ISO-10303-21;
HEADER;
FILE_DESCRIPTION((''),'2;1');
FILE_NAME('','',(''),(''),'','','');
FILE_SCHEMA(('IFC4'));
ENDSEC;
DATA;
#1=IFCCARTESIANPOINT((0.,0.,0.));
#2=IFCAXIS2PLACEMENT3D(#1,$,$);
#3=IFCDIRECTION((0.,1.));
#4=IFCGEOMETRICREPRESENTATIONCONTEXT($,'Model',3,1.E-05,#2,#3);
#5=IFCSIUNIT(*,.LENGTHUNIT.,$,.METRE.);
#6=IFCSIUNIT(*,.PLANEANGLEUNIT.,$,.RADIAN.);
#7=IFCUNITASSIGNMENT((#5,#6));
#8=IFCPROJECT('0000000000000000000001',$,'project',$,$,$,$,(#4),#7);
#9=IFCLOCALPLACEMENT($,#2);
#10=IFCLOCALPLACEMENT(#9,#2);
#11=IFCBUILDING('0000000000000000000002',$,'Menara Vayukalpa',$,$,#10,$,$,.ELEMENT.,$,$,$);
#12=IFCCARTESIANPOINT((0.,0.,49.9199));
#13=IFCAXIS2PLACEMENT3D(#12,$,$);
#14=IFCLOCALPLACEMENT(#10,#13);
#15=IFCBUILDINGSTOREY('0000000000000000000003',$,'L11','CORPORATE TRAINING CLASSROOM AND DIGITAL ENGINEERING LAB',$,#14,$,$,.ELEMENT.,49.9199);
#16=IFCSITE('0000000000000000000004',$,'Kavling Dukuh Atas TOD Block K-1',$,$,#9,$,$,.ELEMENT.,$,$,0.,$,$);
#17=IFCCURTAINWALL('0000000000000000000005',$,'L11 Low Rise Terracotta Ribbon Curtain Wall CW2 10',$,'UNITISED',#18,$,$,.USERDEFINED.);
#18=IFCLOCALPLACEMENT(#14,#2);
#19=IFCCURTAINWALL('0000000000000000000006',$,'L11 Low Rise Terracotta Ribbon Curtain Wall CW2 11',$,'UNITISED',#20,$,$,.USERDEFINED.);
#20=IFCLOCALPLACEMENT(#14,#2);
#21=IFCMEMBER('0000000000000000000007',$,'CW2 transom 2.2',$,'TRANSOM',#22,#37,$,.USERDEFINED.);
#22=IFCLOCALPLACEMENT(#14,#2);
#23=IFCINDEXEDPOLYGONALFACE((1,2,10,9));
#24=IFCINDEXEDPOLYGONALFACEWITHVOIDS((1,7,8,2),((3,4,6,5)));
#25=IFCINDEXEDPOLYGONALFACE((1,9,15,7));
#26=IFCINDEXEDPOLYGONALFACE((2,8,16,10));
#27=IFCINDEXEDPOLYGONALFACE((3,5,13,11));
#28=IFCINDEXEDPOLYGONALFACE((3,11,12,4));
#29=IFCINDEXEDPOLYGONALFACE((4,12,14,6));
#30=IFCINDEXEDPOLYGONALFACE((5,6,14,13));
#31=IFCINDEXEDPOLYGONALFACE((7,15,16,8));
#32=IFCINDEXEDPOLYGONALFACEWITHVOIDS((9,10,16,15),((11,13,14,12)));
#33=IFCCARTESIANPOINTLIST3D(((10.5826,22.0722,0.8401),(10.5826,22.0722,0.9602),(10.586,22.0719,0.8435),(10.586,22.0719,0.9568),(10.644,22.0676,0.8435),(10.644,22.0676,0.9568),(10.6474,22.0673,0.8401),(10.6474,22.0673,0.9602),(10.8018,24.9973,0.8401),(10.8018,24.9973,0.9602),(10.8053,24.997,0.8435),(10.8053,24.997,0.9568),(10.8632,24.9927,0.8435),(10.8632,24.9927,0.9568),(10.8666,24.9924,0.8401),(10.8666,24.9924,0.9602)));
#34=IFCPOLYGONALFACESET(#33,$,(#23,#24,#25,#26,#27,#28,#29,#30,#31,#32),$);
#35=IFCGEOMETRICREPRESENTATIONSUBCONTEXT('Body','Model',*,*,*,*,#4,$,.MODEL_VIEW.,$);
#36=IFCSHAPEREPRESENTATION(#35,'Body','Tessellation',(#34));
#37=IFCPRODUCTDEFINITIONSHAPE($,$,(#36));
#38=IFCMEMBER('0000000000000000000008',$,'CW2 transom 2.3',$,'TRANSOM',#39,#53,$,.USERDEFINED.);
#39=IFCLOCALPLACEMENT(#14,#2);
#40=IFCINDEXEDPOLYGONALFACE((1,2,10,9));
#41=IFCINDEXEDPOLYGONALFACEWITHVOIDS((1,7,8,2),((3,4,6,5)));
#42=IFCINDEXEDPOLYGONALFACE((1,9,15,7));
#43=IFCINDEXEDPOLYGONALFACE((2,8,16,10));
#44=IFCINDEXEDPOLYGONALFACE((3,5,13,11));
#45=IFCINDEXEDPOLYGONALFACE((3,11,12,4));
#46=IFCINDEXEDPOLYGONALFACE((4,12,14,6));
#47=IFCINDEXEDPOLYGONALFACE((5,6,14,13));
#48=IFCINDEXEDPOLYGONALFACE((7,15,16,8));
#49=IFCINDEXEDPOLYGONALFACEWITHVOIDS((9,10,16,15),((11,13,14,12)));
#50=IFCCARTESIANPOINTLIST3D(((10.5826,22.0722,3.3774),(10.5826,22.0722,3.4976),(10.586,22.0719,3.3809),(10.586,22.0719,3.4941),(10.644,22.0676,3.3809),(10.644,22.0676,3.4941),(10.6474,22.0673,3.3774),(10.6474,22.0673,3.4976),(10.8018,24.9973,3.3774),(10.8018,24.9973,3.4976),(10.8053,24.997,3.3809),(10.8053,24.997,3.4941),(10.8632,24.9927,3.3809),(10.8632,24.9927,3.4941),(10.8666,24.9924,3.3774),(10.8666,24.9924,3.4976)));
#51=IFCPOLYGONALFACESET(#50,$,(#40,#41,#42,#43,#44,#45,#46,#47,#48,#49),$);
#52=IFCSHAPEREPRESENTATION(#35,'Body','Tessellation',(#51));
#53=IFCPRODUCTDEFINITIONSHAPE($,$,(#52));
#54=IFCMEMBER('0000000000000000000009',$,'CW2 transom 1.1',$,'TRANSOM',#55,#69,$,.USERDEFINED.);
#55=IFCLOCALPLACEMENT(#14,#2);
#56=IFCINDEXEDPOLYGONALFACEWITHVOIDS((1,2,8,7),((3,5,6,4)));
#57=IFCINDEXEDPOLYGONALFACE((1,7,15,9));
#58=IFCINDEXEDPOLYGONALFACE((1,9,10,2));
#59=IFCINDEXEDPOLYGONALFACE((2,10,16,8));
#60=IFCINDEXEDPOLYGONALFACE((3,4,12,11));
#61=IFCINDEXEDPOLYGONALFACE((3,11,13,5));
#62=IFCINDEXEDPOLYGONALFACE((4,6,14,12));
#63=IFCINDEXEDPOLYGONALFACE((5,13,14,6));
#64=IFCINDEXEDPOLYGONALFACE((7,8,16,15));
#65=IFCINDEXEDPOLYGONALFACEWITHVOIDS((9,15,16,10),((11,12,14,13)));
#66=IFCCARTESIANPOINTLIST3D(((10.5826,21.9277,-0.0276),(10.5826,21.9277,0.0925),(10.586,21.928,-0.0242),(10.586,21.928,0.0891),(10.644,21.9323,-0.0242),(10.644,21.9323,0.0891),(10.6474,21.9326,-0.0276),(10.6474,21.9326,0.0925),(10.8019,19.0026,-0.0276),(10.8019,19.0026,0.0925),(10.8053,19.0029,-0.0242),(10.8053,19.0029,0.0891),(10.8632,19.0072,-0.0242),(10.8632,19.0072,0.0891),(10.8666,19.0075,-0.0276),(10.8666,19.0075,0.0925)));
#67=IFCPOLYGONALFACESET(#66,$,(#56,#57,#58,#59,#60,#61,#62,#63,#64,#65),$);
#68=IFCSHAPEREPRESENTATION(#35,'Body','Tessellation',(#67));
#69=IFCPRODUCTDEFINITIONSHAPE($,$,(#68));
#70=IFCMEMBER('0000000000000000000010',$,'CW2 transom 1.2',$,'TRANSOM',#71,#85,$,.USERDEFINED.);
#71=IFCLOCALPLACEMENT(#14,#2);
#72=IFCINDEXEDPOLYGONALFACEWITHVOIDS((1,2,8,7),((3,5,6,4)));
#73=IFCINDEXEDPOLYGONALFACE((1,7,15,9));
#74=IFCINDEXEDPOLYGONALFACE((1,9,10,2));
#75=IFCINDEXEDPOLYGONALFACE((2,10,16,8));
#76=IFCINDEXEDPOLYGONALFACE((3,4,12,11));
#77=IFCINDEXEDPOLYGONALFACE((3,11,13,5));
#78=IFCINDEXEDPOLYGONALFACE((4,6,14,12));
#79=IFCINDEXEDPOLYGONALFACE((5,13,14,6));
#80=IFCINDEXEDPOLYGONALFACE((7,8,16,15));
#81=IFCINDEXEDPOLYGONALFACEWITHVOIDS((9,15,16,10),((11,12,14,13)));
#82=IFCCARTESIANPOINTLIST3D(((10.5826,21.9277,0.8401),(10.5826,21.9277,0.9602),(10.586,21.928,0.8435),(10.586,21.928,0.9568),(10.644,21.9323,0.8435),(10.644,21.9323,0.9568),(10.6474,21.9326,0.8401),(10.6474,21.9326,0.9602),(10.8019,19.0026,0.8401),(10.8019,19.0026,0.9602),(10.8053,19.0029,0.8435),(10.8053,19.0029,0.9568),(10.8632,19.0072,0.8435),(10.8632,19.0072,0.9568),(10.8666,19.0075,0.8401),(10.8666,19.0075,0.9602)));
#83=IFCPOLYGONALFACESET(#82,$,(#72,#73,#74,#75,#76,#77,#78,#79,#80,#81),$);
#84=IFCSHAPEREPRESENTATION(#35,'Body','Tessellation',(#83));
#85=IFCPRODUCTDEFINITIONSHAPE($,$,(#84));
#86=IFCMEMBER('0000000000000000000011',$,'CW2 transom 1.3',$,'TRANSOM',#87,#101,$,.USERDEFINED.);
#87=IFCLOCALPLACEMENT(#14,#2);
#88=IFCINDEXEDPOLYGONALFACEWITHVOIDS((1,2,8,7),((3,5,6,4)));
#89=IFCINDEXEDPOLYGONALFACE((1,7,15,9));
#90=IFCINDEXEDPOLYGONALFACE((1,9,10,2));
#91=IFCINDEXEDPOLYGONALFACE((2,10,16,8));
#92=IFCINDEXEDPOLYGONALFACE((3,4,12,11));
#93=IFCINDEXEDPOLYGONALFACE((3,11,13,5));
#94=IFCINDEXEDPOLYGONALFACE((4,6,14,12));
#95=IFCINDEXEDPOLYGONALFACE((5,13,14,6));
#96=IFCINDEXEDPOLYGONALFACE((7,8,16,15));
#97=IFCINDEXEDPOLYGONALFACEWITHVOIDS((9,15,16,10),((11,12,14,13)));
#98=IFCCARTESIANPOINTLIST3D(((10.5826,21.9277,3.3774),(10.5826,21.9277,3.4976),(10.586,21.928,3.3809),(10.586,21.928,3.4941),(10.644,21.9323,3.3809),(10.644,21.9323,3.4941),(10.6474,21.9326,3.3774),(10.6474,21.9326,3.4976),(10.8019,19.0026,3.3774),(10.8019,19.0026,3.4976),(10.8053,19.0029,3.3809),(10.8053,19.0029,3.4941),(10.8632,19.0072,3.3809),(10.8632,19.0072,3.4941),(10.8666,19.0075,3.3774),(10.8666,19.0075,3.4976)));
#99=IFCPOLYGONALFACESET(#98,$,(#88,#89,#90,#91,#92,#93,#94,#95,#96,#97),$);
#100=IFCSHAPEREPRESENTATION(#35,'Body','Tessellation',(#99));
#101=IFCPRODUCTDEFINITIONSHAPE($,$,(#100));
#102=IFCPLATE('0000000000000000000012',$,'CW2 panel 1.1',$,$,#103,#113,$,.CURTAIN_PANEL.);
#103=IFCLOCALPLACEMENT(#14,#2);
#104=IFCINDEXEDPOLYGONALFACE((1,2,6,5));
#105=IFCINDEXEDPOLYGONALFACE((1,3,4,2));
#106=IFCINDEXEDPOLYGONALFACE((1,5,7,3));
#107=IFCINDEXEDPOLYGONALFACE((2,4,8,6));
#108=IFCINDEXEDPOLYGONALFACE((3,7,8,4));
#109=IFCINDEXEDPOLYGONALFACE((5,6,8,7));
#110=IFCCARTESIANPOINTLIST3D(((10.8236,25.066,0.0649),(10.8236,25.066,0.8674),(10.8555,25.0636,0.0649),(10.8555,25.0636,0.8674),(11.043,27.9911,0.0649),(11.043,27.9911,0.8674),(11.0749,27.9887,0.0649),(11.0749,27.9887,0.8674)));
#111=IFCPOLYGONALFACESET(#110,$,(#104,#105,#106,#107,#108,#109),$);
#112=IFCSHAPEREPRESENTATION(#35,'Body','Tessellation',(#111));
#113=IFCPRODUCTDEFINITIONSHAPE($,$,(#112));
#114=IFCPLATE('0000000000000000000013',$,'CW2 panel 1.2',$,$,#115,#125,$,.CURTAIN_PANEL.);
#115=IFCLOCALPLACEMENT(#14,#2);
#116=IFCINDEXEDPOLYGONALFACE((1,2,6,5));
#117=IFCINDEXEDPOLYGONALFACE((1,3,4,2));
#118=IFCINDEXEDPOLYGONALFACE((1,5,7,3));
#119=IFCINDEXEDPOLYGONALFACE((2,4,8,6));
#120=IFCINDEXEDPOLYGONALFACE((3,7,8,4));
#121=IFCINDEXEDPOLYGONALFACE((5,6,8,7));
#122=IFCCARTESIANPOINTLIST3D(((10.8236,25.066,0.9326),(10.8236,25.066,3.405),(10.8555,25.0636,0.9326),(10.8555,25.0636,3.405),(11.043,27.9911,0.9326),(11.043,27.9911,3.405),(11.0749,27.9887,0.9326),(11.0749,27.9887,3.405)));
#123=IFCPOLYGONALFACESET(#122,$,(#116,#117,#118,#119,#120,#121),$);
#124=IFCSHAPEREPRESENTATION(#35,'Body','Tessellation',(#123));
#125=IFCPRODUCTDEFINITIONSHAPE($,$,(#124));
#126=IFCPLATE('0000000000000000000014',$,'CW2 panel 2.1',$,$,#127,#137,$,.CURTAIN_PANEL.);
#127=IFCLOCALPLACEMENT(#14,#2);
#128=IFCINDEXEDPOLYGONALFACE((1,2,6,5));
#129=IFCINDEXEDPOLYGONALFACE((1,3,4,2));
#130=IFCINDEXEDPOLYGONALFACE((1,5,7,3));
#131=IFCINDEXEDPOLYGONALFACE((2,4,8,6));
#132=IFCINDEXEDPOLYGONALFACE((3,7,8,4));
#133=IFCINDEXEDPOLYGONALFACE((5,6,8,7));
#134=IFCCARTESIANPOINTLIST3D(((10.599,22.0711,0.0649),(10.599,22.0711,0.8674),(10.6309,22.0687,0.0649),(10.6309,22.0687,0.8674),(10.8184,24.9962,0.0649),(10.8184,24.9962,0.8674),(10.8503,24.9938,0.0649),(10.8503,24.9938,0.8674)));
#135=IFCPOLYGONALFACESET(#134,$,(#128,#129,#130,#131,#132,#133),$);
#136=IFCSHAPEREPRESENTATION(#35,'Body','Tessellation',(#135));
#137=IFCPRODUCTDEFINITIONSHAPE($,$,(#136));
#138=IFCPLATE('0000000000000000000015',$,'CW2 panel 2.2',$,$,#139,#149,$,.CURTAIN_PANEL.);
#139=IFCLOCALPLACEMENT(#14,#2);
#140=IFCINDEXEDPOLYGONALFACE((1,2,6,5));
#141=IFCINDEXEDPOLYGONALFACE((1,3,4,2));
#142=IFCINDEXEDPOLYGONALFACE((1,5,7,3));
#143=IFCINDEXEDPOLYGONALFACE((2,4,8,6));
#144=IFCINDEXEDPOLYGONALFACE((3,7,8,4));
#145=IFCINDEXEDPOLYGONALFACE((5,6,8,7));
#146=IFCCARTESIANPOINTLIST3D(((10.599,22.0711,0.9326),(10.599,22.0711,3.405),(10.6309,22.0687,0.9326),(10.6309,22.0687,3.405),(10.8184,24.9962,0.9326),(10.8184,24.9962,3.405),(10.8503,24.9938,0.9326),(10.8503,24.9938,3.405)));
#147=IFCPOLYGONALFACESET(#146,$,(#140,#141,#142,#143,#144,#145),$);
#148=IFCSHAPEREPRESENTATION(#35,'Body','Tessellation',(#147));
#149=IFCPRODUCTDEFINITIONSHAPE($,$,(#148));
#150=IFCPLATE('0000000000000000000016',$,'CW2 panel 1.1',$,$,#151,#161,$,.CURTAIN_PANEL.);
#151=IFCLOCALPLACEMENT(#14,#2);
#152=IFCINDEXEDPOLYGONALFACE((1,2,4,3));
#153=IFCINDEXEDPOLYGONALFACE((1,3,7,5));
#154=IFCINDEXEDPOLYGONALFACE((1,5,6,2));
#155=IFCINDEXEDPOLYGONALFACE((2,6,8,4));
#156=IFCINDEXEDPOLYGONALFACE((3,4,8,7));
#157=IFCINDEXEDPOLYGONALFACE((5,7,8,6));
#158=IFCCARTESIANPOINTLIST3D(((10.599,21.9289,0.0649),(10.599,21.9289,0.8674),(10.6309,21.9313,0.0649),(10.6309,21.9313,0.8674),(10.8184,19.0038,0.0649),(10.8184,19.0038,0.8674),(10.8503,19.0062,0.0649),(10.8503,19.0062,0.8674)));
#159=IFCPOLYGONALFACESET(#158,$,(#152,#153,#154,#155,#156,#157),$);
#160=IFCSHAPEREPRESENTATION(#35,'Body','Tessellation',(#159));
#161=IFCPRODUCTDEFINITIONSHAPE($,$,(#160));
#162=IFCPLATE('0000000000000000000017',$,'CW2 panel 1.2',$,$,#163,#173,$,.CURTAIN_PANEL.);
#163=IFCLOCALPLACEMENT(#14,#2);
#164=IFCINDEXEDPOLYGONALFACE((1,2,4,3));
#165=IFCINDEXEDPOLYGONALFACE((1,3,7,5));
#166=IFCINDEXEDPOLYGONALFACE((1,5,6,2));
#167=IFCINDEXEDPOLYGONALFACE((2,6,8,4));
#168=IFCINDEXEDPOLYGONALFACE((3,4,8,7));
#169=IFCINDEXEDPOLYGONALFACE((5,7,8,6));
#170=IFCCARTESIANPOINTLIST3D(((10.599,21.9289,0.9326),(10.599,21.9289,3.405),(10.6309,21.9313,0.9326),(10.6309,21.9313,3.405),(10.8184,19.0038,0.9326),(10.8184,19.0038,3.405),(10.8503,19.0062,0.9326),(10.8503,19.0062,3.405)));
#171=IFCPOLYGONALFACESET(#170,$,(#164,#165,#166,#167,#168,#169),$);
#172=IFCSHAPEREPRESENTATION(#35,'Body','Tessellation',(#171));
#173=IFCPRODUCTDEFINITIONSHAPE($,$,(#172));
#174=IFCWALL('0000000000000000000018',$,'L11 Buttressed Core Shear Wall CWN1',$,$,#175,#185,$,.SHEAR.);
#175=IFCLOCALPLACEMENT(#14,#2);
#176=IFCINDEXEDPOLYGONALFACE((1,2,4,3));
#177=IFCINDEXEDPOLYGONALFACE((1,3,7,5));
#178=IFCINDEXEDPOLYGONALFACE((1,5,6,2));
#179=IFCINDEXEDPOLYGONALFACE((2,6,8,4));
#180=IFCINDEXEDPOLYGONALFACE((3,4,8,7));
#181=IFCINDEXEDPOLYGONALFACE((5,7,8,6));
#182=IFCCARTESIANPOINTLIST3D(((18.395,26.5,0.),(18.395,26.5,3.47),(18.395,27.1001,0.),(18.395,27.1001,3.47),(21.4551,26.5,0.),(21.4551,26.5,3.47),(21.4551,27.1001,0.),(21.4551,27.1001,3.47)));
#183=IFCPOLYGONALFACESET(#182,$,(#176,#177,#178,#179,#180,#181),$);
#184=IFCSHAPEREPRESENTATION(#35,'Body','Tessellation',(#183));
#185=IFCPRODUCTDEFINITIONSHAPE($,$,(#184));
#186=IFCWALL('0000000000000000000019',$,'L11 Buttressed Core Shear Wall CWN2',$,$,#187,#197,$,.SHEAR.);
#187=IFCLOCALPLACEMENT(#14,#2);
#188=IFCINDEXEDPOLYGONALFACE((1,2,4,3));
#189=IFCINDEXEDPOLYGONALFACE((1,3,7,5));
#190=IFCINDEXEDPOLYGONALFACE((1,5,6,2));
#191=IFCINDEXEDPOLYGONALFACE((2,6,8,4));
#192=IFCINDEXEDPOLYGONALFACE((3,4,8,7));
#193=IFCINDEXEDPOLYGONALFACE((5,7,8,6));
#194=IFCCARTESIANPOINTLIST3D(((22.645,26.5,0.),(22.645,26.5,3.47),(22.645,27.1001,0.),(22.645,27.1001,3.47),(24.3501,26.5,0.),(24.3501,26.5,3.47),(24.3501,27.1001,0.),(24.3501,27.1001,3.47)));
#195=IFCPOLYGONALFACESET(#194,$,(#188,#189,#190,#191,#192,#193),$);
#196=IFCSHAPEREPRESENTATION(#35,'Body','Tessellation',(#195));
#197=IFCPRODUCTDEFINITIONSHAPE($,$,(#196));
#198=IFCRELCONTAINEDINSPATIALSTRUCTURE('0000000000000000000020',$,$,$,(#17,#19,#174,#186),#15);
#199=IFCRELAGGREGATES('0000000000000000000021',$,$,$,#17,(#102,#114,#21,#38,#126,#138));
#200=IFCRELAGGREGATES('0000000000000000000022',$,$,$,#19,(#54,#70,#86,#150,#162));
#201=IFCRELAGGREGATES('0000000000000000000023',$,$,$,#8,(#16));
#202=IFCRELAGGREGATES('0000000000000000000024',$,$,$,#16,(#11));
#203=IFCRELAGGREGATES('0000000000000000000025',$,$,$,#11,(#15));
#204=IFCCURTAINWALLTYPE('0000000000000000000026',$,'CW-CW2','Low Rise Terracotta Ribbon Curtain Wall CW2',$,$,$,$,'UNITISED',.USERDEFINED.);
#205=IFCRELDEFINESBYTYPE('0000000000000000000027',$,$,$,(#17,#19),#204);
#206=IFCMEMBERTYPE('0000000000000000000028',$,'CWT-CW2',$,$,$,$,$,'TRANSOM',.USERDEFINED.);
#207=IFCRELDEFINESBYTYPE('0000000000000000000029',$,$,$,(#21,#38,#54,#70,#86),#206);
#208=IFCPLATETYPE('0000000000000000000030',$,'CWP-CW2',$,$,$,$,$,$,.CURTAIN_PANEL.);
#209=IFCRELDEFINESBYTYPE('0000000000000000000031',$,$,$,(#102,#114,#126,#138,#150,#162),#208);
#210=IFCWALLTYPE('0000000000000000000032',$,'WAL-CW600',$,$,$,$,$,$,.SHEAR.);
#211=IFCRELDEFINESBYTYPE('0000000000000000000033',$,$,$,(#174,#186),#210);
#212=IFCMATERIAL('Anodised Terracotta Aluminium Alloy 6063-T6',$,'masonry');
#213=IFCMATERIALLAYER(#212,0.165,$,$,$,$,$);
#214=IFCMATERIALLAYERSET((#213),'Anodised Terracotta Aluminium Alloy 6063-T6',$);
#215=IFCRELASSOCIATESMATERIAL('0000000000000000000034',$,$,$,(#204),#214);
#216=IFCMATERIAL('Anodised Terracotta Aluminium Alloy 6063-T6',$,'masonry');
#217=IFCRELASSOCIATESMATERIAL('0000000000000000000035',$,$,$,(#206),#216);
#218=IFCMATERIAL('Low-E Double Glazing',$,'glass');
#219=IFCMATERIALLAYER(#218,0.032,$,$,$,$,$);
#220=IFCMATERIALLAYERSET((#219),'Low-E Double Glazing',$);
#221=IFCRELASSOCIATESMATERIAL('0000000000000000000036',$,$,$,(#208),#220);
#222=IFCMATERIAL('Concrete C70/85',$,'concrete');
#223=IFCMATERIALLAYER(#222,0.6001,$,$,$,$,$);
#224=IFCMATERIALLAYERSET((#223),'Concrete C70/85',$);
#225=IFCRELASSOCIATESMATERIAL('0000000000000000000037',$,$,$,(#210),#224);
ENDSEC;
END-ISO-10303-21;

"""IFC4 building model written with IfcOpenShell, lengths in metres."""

from ifc_helpers import new_model, si_unit, direction, frame, frame_2d, origin, origin_2d, place, context, subcontext, project, spatial, rectangle, hollow_rectangle, extrude, material, layer, layer_set, material_profile, profile_set, type_object, element, aggregate, save


model = new_model("IFC4")

# Units and contexts
model_context = context("Model", 3, precision=1e-05, world=origin(), true_north=direction((0.0, 1.0)))
body_context = subcontext(model_context, "Body", "Model", "MODEL_VIEW")
ifc_project = project(units=[si_unit("LENGTHUNIT", "METRE"), si_unit("PLANEANGLEUNIT", "RADIAN")], contexts=[model_context])

# Site, building, storey
site_placement = place(None, origin())
site = spatial("IfcSite", under=ifc_project, at=site_placement, Name="Kavling Dukuh Atas TOD Block K-1", CompositionType="ELEMENT", RefElevation=0.0)
building_placement = place(site_placement, origin())
building = spatial("IfcBuilding", under=site, at=building_placement, Name="Menara Vayukalpa", CompositionType="ELEMENT")
storey_placement = place(building_placement, frame((0.0, 0.0, 49.9199)))
storey = spatial("IfcBuildingStorey", under=building, at=storey_placement, Name="L11", Description="CORPORATE TRAINING CLASSROOM AND DIGITAL ENGINEERING LAB", CompositionType="ELEMENT", Elevation=49.9199)

# Curtain wall
ifc_material_1 = material(Name="Anodised Terracotta Aluminium Alloy 6063-T6", Category="masonry")
ifc_layer_1 = layer(ifc_material_1, 0.165)
ifc_layer_set_1 = layer_set([ifc_layer_1], Name="Anodised Terracotta Aluminium Alloy 6063-T6")
curtain_wall_type = type_object("IfcCurtainWallType", Name="CW-CW2", Description="Low Rise Terracotta Ribbon Curtain Wall CW2", ElementType="UNITISED", PredefinedType="USERDEFINED", material=ifc_layer_set_1)
curtain_wall_1_placement = place(storey_placement, origin())
curtain_wall_1 = element("IfcCurtainWall", 1, at=curtain_wall_1_placement, inside=storey, type_object=curtain_wall_type, Name="L11 Low Rise Terracotta Ribbon Curtain Wall CW2 10", ObjectType="UNITISED", PredefinedType="USERDEFINED")

# Curtain wall
curtain_wall_2_placement = place(storey_placement, origin())
curtain_wall_2 = element("IfcCurtainWall", 2, at=curtain_wall_2_placement, inside=storey, type_object=curtain_wall_type, Name="L11 Low Rise Terracotta Ribbon Curtain Wall CW2 11", ObjectType="UNITISED", PredefinedType="USERDEFINED")

# Members
ifc_material_2 = material(Name="Anodised Terracotta Aluminium Alloy 6063-T6", Category="masonry")
ifc_material_profile_1 = material_profile(ifc_material_2, hollow_rectangle(XDim=0.0649, YDim=0.1201, WallThickness=0.0034, at=origin_2d()), Name="ALU 65x120x3.5")
ifc_profile_set_1 = profile_set([ifc_material_profile_1], Name="Anodised Terracotta Aluminium Alloy 6063-T6")
member_type_1 = type_object("IfcMemberType", Name="CWT-CW2", ElementType="TRANSOM", PredefinedType="USERDEFINED", material=ifc_profile_set_1)
member_1_placement = place(storey_placement, frame((10.8342, 24.9949, 0.9001), z_axis=(-0.074742, -0.997203, 0.0), x_axis=(0.997203, -0.074742, 0.0)))
member_1 = element("IfcMember", 3, at=member_1_placement, type_object=member_type_1, Name="CW2 transom 2.2", ObjectType="TRANSOM", PredefinedType="USERDEFINED", context=body_context, shape_type="SweptSolid", body=[
    extrude(hollow_rectangle(XDim=0.0649, YDim=0.1201, WallThickness=0.0034, at=origin_2d()), origin(), (0.0, 0.0, 1.0), 2.9333),
])
member_2_placement = place(storey_placement, frame((10.8342, 24.9949, 3.4375), z_axis=(-0.074742, -0.997203, 0.0), x_axis=(0.997203, -0.074742, 0.0)))
member_2 = element("IfcMember", 4, at=member_2_placement, type_object=member_type_1, Name="CW2 transom 2.3", ObjectType="TRANSOM", PredefinedType="USERDEFINED", context=body_context, shape_type="SweptSolid", body=[
    extrude(hollow_rectangle(XDim=0.0649, YDim=0.1201, WallThickness=0.0034, at=origin_2d()), origin(), (0.0, 0.0, 1.0), 2.9333),
])
member_3_placement = place(storey_placement, frame((10.615, 21.9302, 0.0325), z_axis=(0.074742, -0.997203, 0.0), x_axis=(0.997203, 0.074742, 0.0)))
member_3 = element("IfcMember", 5, at=member_3_placement, type_object=member_type_1, Name="CW2 transom 1.1", ObjectType="TRANSOM", PredefinedType="USERDEFINED", context=body_context, shape_type="SweptSolid", body=[
    extrude(hollow_rectangle(XDim=0.0649, YDim=0.1201, WallThickness=0.0034, at=origin_2d()), origin(), (0.0, 0.0, 1.0), 2.9333),
])
member_4_placement = place(storey_placement, frame((10.615, 21.9302, 0.9001), z_axis=(0.074742, -0.997203, 0.0), x_axis=(0.997203, 0.074742, 0.0)))
member_4 = element("IfcMember", 6, at=member_4_placement, type_object=member_type_1, Name="CW2 transom 1.2", ObjectType="TRANSOM", PredefinedType="USERDEFINED", context=body_context, shape_type="SweptSolid", body=[
    extrude(hollow_rectangle(XDim=0.0649, YDim=0.1201, WallThickness=0.0034, at=origin_2d()), origin(), (0.0, 0.0, 1.0), 2.9333),
])
member_5_placement = place(storey_placement, frame((10.615, 21.9302, 3.4375), z_axis=(0.074742, -0.997203, 0.0), x_axis=(0.997203, 0.074742, 0.0)))
member_5 = element("IfcMember", 7, at=member_5_placement, type_object=member_type_1, Name="CW2 transom 1.3", ObjectType="TRANSOM", PredefinedType="USERDEFINED", context=body_context, shape_type="SweptSolid", body=[
    extrude(hollow_rectangle(XDim=0.0649, YDim=0.1201, WallThickness=0.0034, at=origin_2d()), origin(), (0.0, 0.0, 1.0), 2.9333),
])

# Plates
ifc_material_3 = material(Name="Low-E Double Glazing", Category="glass")
ifc_layer_2 = layer(ifc_material_3, 0.032)
ifc_layer_set_2 = layer_set([ifc_layer_2], Name="Low-E Double Glazing")
plate_type = type_object("IfcPlateType", Name="CWP-CW2", PredefinedType="CURTAIN_PANEL", material=ifc_layer_set_2)
plate_1_placement = place(storey_placement, frame((10.9492, 26.5273, 0.0649), z_axis=(0.0, 0.0, 1.0), x_axis=(-0.074795, -0.997199, 0.0)))
plate_1 = element("IfcPlate", 8, at=plate_1_placement, type_object=plate_type, Name="CW2 panel 1.1", PredefinedType="CURTAIN_PANEL", context=body_context, shape_type="SweptSolid", body=[
    extrude(rectangle(XDim=2.9333, YDim=0.032, at=origin_2d()), origin(), (0.0, 0.0, 1.0), 0.8025),
])
plate_2_placement = place(storey_placement, frame((10.9492, 26.5273, 0.9326), z_axis=(0.0, 0.0, 1.0), x_axis=(-0.074795, -0.997199, 0.0)))
plate_2 = element("IfcPlate", 9, at=plate_2_placement, type_object=plate_type, Name="CW2 panel 1.2", PredefinedType="CURTAIN_PANEL", context=body_context, shape_type="SweptSolid", body=[
    extrude(rectangle(XDim=2.9333, YDim=0.032, at=origin_2d()), origin(), (0.0, 0.0, 1.0), 2.4724),
])
plate_3_placement = place(storey_placement, frame((10.7246, 23.5325, 0.0649), z_axis=(0.0, 0.0, 1.0), x_axis=(-0.074795, -0.997199, 0.0)))
plate_3 = element("IfcPlate", 10, at=plate_3_placement, type_object=plate_type, Name="CW2 panel 2.1", PredefinedType="CURTAIN_PANEL", context=body_context, shape_type="SweptSolid", body=[
    extrude(rectangle(XDim=2.9333, YDim=0.032, at=origin_2d()), origin(), (0.0, 0.0, 1.0), 0.8025),
])
plate_4_placement = place(storey_placement, frame((10.7246, 23.5325, 0.9326), z_axis=(0.0, 0.0, 1.0), x_axis=(-0.074795, -0.997199, 0.0)))
plate_4 = element("IfcPlate", 11, at=plate_4_placement, type_object=plate_type, Name="CW2 panel 2.2", PredefinedType="CURTAIN_PANEL", context=body_context, shape_type="SweptSolid", body=[
    extrude(rectangle(XDim=2.9333, YDim=0.032, at=origin_2d()), origin(), (0.0, 0.0, 1.0), 2.4724),
])
aggregate(curtain_wall_1, [plate_1, plate_2, member_1, member_2, plate_3, plate_4])
plate_5_placement = place(storey_placement, frame((10.7246, 20.4675, 0.0649), z_axis=(0.0, 0.0, 1.0), x_axis=(0.074795, -0.997199, 0.0)))
plate_5 = element("IfcPlate", 12, at=plate_5_placement, type_object=plate_type, Name="CW2 panel 1.1", PredefinedType="CURTAIN_PANEL", context=body_context, shape_type="SweptSolid", body=[
    extrude(rectangle(XDim=2.9333, YDim=0.032, at=origin_2d()), origin(), (0.0, 0.0, 1.0), 0.8025),
])
plate_6_placement = place(storey_placement, frame((10.7246, 20.4675, 0.9326), z_axis=(0.0, 0.0, 1.0), x_axis=(0.074795, -0.997199, 0.0)))
plate_6 = element("IfcPlate", 13, at=plate_6_placement, type_object=plate_type, Name="CW2 panel 1.2", PredefinedType="CURTAIN_PANEL", context=body_context, shape_type="SweptSolid", body=[
    extrude(rectangle(XDim=2.9333, YDim=0.032, at=origin_2d()), origin(), (0.0, 0.0, 1.0), 2.4724),
])
aggregate(curtain_wall_2, [member_3, member_4, member_5, plate_5, plate_6])

# Walls
ifc_material_4 = material(Name="Concrete C70/85", Category="concrete")
ifc_layer_3 = layer(ifc_material_4, 0.6001)
ifc_layer_set_3 = layer_set([ifc_layer_3], Name="Concrete C70/85")
wall_type_1 = type_object("IfcWallType", Name="WAL-CW600", PredefinedType="SHEAR", material=ifc_layer_set_3)
wall_1_placement = place(storey_placement, frame((18.395, 26.8, 0.0), z_axis=(0.0, 0.0, 1.0), x_axis=(1.0, 0.0, 0.0)))
element("IfcWall", 14, at=wall_1_placement, inside=storey, type_object=wall_type_1, Name="L11 Buttressed Core Shear Wall CWN1", PredefinedType="SHEAR", context=body_context, shape_type="SweptSolid", body=[
    extrude(rectangle(XDim=3.0601, YDim=0.6001, at=frame_2d((1.53, 0.0))), origin(), (0.0, 0.0, 1.0), 3.47),
])
wall_2_placement = place(storey_placement, frame((22.645, 26.8, 0.0), z_axis=(0.0, 0.0, 1.0), x_axis=(1.0, 0.0, 0.0)))
element("IfcWall", 15, at=wall_2_placement, inside=storey, type_object=wall_type_1, Name="L11 Buttressed Core Shear Wall CWN2", PredefinedType="SHEAR", context=body_context, shape_type="SweptSolid", body=[
    extrude(rectangle(XDim=1.7051, YDim=0.6001, at=frame_2d((0.8525, 0.0))), origin(), (0.0, 0.0, 1.0), 3.47),
])

save(model, "model.ifc")
